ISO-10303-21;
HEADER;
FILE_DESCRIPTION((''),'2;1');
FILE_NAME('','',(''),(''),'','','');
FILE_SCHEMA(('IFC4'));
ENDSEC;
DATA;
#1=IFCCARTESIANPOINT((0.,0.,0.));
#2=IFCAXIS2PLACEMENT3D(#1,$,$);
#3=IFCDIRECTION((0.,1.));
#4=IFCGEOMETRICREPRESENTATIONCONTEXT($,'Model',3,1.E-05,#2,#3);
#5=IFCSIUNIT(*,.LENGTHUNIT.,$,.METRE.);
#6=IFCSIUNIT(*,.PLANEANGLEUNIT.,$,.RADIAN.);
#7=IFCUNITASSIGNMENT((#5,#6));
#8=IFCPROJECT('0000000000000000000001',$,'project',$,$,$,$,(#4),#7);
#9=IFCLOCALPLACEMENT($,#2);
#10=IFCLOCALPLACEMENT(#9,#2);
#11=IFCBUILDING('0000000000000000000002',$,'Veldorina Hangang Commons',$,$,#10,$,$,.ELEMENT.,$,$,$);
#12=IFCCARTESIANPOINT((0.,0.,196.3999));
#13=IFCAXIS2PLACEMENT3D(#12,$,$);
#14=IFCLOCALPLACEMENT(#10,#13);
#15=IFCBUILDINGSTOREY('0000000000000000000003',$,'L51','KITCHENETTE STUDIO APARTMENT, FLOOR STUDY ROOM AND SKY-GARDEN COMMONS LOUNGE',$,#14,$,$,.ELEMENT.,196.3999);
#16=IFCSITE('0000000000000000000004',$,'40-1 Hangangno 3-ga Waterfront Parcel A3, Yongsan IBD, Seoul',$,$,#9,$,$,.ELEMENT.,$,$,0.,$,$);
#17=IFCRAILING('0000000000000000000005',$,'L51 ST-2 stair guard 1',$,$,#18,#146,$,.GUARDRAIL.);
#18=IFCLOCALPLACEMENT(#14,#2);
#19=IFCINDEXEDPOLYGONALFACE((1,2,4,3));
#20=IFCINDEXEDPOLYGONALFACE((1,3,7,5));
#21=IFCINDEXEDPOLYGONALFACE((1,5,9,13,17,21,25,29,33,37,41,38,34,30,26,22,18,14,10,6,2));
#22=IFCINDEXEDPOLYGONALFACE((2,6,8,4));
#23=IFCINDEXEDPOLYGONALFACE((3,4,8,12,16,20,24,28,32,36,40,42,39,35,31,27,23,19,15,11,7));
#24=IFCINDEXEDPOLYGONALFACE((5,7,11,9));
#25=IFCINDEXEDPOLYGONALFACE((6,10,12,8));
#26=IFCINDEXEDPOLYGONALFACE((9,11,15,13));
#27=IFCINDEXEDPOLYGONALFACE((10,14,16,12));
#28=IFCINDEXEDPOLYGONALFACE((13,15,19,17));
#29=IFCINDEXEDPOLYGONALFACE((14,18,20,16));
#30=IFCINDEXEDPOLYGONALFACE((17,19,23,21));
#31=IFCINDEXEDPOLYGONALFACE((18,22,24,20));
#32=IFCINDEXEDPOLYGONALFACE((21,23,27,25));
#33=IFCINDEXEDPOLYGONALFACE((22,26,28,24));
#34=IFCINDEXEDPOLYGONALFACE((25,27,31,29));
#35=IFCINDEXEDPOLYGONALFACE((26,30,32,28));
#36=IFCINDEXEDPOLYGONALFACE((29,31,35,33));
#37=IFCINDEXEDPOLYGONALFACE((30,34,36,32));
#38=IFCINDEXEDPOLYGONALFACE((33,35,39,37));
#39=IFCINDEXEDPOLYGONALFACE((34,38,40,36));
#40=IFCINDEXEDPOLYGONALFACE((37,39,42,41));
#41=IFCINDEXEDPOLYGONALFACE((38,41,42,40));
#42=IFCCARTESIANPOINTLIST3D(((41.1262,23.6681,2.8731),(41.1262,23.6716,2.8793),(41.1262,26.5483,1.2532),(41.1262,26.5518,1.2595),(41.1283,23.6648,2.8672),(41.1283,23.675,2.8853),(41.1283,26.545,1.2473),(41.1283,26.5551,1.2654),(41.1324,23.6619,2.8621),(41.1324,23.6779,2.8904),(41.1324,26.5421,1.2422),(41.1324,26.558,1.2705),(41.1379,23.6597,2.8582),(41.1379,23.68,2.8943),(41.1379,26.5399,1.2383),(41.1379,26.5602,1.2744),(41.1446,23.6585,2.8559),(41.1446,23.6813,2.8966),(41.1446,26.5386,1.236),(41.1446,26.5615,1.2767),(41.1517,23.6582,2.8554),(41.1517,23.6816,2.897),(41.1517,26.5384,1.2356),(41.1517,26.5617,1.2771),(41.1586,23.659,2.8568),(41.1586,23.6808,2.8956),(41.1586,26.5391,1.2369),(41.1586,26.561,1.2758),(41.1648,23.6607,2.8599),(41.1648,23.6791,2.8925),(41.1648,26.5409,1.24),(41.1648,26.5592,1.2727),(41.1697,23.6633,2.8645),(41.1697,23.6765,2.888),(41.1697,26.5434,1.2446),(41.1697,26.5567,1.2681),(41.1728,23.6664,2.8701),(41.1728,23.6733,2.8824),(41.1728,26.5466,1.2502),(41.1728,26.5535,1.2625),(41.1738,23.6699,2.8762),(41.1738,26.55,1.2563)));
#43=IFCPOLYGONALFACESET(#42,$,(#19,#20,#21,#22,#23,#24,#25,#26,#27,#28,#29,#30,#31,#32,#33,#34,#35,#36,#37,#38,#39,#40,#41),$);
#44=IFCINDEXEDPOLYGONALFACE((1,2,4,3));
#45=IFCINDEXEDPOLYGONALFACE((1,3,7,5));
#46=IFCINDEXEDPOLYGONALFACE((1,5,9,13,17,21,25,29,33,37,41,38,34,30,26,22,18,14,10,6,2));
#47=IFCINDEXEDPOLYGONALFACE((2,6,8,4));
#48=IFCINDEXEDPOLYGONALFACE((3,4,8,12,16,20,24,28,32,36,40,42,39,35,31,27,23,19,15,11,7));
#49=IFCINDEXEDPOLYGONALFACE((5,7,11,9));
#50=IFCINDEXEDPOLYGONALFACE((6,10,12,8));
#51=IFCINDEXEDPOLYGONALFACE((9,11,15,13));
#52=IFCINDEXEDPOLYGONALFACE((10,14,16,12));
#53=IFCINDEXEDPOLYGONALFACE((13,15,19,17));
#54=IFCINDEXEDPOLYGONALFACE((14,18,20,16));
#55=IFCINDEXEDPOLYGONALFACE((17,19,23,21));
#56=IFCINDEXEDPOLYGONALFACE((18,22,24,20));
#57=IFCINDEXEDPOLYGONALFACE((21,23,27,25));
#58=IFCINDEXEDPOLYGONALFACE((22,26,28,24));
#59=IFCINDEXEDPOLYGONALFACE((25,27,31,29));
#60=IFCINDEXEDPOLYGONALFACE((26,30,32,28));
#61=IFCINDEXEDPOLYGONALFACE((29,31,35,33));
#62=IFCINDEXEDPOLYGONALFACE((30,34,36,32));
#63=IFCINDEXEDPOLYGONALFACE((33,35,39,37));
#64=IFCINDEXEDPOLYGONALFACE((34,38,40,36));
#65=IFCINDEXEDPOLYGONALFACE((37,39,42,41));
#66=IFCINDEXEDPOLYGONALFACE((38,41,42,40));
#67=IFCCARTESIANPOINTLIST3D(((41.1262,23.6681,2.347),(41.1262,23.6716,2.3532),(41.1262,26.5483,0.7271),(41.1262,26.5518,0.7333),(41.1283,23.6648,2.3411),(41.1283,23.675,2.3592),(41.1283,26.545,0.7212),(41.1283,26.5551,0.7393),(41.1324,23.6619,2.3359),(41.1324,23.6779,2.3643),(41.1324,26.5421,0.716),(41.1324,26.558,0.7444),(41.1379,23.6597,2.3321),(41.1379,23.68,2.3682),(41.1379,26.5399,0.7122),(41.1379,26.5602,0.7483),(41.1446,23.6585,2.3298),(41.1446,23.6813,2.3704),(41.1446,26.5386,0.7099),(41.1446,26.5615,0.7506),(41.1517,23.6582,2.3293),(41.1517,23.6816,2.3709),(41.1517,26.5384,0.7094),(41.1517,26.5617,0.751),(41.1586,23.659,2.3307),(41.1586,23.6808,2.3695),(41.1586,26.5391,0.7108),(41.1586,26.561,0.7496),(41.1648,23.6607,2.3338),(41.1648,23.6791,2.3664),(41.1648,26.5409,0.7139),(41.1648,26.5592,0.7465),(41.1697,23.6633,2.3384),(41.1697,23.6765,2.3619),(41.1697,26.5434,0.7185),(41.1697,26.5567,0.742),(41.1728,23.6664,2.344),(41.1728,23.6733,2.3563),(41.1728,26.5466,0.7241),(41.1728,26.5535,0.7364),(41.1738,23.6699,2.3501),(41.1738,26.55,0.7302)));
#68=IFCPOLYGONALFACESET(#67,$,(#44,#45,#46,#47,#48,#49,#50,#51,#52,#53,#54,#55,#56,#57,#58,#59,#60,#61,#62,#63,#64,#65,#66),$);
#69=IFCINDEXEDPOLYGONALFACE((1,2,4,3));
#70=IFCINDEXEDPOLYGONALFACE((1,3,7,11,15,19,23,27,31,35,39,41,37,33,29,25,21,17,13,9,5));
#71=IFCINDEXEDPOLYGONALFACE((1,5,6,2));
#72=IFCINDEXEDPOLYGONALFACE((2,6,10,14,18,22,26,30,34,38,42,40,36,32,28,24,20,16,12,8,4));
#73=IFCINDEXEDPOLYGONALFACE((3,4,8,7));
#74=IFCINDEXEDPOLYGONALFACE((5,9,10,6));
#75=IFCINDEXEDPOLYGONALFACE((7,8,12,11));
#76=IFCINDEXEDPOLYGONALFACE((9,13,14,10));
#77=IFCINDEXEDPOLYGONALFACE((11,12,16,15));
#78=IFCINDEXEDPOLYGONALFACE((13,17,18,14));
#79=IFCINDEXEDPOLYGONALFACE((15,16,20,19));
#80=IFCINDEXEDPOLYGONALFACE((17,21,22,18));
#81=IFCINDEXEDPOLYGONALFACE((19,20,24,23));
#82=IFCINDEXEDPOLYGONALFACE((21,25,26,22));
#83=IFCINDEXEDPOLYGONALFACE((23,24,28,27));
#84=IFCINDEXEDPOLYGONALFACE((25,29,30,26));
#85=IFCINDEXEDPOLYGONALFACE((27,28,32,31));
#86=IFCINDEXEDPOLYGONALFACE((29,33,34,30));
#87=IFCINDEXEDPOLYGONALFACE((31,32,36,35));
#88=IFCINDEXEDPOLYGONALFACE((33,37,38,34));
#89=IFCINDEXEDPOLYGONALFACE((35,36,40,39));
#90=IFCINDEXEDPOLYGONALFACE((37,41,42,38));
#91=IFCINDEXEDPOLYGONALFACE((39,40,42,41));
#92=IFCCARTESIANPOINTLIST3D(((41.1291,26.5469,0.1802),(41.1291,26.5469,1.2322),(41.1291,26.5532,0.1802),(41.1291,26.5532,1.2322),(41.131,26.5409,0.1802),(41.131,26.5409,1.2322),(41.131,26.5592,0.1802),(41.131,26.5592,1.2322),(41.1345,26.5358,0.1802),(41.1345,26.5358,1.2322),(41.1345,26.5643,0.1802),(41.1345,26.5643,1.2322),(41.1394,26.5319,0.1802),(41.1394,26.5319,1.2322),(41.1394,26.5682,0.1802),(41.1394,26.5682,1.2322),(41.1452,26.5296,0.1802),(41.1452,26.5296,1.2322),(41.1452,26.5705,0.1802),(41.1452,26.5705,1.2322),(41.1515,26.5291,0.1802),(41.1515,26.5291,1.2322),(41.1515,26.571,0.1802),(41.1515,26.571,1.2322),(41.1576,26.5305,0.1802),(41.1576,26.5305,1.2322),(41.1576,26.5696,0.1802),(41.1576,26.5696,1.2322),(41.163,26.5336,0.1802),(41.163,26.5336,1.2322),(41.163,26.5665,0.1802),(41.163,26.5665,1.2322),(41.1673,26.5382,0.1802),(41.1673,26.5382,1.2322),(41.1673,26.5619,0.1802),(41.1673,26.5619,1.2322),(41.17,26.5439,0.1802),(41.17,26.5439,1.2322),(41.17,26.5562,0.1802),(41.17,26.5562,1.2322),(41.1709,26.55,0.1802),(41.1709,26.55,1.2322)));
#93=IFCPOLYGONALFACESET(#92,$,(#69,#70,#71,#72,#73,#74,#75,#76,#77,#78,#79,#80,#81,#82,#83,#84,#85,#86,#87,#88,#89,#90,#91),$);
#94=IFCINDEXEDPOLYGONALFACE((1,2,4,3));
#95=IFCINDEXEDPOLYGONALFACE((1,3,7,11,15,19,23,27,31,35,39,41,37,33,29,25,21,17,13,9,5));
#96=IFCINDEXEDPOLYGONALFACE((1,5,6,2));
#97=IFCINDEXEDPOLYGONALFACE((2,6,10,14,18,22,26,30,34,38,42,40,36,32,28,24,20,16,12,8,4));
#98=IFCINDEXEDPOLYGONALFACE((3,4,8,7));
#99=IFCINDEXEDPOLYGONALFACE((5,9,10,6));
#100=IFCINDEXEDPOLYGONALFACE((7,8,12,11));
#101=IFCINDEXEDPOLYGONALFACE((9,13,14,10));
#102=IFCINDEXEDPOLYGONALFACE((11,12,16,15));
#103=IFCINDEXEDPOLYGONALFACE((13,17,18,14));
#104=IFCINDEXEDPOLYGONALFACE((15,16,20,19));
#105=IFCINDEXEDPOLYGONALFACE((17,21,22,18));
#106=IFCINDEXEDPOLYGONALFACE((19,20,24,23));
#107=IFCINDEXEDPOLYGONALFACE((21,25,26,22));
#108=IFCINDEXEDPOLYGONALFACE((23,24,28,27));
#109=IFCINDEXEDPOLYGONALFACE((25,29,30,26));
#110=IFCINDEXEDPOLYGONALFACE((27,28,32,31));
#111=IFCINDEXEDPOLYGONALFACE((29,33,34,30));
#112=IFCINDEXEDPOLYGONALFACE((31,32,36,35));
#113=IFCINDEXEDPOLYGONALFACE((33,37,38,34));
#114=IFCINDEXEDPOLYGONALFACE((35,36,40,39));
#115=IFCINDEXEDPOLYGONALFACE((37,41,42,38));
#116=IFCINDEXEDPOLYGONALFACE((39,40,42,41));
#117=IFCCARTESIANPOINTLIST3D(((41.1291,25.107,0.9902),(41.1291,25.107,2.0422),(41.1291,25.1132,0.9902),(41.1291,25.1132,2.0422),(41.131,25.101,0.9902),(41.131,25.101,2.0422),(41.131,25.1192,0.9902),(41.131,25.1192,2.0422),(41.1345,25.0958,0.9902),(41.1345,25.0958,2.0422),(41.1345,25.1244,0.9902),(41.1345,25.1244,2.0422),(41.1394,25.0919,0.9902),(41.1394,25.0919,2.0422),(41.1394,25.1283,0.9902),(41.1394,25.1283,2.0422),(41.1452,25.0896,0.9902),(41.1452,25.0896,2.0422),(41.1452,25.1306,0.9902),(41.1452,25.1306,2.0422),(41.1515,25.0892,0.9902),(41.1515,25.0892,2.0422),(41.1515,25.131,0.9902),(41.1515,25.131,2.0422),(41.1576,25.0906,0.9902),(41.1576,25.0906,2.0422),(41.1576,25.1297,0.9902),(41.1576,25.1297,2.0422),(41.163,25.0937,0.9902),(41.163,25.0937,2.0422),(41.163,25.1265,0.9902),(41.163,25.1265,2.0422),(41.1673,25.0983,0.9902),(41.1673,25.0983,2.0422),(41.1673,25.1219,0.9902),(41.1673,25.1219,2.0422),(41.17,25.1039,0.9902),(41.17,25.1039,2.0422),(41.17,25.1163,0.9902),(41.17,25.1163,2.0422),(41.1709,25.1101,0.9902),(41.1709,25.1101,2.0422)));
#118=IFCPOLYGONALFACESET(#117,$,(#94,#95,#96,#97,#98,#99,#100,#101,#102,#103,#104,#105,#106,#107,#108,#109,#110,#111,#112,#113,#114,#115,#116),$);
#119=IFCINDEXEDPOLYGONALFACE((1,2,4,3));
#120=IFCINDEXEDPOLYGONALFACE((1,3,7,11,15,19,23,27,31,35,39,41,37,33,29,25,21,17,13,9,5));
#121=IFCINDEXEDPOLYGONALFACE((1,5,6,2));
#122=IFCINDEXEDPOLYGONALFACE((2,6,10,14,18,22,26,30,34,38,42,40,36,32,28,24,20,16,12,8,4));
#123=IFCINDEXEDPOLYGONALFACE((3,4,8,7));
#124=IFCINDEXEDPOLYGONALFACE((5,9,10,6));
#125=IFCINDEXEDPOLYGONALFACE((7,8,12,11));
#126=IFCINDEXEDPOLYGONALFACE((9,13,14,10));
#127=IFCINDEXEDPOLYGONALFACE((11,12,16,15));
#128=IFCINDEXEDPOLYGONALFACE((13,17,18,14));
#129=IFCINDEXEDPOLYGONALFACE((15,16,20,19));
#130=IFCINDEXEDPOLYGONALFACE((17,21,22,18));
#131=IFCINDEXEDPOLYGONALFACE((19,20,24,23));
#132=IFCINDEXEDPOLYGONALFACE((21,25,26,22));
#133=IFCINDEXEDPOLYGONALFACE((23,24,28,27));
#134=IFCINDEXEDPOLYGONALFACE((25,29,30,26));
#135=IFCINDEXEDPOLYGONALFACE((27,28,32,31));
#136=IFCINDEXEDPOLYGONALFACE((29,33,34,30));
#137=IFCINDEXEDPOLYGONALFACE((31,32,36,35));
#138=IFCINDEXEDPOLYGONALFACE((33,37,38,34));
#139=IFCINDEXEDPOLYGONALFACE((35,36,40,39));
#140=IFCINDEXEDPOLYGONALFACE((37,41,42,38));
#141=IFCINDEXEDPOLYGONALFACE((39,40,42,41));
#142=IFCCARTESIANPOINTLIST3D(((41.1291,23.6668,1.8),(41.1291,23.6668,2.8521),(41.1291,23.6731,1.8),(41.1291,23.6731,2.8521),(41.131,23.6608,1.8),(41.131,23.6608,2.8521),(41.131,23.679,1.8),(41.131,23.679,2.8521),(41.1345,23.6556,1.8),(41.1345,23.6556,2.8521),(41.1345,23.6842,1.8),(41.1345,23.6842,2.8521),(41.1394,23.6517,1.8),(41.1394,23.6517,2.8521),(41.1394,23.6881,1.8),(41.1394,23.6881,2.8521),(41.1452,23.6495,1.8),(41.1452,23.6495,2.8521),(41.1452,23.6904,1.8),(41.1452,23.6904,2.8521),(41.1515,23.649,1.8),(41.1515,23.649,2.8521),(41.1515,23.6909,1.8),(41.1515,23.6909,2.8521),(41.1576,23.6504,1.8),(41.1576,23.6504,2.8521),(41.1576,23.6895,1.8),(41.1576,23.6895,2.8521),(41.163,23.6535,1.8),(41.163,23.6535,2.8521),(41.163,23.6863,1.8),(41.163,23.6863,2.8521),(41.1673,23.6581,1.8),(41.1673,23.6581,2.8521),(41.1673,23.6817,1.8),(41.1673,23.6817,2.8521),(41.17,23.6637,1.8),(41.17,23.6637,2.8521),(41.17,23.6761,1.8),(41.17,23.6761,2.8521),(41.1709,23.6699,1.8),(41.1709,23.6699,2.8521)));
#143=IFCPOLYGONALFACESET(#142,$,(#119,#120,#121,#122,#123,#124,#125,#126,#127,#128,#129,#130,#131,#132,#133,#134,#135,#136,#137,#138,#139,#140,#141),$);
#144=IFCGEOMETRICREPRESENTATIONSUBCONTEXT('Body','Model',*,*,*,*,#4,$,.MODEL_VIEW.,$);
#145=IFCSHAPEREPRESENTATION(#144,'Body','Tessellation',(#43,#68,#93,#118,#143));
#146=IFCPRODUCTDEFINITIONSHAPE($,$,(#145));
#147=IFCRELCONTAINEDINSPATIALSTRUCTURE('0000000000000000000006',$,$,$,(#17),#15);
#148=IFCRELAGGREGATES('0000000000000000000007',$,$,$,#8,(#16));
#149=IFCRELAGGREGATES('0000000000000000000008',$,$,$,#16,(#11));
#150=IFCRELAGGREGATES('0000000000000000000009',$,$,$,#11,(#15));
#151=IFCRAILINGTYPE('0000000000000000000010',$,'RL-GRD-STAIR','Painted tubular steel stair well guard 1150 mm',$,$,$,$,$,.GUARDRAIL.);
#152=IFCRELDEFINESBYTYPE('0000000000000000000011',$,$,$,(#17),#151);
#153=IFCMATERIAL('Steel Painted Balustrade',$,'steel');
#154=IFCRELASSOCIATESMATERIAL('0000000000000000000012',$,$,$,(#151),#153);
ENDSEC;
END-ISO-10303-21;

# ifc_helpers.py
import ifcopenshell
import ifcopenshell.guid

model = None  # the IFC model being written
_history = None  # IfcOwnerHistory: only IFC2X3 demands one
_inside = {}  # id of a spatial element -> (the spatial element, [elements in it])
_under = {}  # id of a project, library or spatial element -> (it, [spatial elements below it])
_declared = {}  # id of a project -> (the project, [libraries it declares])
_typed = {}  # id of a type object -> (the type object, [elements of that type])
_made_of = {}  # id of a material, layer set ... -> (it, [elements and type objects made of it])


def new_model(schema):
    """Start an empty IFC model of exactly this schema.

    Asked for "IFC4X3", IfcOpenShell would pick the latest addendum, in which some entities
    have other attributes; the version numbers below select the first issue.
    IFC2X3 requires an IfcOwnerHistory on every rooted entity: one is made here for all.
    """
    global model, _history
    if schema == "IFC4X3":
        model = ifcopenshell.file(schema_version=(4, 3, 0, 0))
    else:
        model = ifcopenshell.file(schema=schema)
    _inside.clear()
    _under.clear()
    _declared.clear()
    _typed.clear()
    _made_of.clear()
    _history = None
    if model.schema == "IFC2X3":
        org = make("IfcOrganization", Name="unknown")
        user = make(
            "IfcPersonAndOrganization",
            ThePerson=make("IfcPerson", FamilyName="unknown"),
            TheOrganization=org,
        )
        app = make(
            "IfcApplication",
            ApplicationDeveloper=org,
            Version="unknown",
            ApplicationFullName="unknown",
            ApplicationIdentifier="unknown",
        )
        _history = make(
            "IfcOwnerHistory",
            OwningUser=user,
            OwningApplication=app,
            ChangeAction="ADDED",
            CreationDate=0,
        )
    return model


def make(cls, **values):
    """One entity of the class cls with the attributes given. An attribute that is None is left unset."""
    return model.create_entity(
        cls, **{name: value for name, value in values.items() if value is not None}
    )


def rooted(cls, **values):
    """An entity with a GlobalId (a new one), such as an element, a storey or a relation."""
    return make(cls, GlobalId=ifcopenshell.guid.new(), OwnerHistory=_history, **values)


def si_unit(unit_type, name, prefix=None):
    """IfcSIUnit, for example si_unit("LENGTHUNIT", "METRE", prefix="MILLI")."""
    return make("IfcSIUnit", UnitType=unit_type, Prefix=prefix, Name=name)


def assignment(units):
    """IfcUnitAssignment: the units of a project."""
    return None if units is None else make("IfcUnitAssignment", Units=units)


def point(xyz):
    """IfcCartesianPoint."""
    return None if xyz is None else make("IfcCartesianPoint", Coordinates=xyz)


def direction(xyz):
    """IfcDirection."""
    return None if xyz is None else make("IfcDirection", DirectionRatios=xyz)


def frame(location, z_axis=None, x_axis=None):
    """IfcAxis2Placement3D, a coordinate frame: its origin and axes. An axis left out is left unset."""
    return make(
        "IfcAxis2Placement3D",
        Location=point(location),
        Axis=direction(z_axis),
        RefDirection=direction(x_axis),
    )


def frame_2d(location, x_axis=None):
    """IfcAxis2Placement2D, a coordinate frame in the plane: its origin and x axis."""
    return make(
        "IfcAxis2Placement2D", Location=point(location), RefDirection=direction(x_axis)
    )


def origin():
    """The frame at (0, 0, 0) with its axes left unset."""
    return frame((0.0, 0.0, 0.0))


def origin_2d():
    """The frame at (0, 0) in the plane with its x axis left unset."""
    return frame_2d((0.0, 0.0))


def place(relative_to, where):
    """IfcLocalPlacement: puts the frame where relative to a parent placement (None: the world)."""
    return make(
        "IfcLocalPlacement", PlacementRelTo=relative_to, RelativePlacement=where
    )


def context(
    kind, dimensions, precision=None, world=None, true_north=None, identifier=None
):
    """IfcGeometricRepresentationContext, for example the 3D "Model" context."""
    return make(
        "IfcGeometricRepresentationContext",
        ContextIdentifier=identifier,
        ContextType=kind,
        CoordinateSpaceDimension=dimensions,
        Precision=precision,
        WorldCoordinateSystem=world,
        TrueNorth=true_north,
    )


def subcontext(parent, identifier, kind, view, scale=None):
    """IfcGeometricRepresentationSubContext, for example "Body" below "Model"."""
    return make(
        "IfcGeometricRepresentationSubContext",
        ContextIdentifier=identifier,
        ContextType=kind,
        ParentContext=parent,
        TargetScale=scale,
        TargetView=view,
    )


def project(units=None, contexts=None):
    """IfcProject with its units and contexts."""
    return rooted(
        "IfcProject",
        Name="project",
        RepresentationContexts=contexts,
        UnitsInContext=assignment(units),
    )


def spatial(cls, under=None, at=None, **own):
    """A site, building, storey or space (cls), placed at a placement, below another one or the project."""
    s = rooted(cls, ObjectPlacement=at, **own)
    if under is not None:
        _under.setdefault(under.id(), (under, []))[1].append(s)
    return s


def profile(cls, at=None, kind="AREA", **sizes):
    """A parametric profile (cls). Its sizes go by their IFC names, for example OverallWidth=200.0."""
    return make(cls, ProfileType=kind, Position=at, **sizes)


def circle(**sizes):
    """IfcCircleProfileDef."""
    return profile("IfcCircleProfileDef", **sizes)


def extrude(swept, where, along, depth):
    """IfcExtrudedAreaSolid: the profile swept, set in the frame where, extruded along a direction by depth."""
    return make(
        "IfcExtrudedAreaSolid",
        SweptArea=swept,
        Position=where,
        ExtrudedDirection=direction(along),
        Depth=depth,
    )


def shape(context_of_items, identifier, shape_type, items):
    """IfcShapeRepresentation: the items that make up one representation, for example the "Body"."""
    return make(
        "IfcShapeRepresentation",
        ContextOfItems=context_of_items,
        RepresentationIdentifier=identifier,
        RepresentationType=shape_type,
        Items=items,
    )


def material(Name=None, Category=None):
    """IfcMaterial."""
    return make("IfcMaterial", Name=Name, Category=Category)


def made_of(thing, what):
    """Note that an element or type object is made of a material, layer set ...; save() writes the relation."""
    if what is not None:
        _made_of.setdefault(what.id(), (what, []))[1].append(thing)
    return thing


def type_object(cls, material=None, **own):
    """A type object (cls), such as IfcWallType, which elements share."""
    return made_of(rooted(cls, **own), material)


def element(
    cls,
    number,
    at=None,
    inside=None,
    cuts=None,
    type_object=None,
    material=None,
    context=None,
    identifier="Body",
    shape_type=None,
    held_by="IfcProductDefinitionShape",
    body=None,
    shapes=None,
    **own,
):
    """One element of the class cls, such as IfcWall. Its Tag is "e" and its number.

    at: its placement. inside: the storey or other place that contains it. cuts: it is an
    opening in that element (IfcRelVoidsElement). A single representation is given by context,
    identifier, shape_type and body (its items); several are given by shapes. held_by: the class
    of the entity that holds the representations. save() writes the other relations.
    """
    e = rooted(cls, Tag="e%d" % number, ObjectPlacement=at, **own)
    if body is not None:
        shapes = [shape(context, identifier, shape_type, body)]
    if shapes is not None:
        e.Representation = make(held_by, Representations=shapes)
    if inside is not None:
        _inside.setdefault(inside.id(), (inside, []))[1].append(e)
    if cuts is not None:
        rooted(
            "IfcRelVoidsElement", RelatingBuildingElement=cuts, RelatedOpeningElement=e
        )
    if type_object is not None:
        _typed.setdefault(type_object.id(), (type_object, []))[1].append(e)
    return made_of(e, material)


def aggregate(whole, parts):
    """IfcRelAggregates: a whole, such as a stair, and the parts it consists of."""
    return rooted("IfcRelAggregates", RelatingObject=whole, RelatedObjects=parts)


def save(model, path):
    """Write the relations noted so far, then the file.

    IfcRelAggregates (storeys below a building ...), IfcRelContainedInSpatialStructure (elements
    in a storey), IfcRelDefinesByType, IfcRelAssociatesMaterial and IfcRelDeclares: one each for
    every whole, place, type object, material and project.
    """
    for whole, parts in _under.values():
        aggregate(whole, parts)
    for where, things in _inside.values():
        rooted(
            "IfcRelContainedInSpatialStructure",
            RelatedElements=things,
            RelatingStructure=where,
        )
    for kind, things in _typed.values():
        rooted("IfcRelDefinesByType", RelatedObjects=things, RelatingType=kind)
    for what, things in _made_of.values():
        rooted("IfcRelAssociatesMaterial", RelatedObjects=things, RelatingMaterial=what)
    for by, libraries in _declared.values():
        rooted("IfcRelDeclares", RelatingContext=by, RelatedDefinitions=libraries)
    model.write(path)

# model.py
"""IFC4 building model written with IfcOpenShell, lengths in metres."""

from ifc_helpers import new_model, si_unit, direction, frame, origin, origin_2d, place, context, subcontext, project, spatial, circle, extrude, material, type_object, element, save


model = new_model("IFC4")

# Units and contexts
model_context = context("Model", 3, precision=1e-05, world=origin(), true_north=direction((0.0, 1.0)))
body_context = subcontext(model_context, "Body", "Model", "MODEL_VIEW")
ifc_project = project(units=[si_unit("LENGTHUNIT", "METRE"), si_unit("PLANEANGLEUNIT", "RADIAN")], contexts=[model_context])

# Site, building, storey
site_placement = place(None, origin())
site = spatial("IfcSite", under=ifc_project, at=site_placement, Name="40-1 Hangangno 3-ga Waterfront Parcel A3, Yongsan IBD, Seoul", CompositionType="ELEMENT", RefElevation=0.0)
building_placement = place(site_placement, origin())
building = spatial("IfcBuilding", under=site, at=building_placement, Name="Veldorina Hangang Commons", CompositionType="ELEMENT")
storey_placement = place(building_placement, frame((0.0, 0.0, 196.3999)))
storey = spatial("IfcBuildingStorey", under=building, at=storey_placement, Name="L51", Description="KITCHENETTE STUDIO APARTMENT, FLOOR STUDY ROOM AND SKY-GARDEN COMMONS LOUNGE", CompositionType="ELEMENT", Elevation=196.3999)

# Railing
ifc_material_1 = material(Name="Steel Painted Balustrade", Category="steel")
railing_type_1 = type_object("IfcRailingType", Name="RL-GRD-STAIR", Description="Painted tubular steel stair well guard 1150 mm", PredefinedType="GUARDRAIL", material=ifc_material_1)
railing_1_placement = place(storey_placement, frame((41.1499, 26.55, 0.1802)))
element("IfcRailing", 1, at=railing_1_placement, inside=storey, type_object=railing_type_1, Name="L51 ST-2 stair guard 1", PredefinedType="GUARDRAIL", context=body_context, shape_type="SweptSolid", body=[
    extrude(circle(Radius=0.0239, at=origin_2d()), frame((0.0, 0.0, 1.0762), z_axis=(0.0, -0.871601, 0.490216), x_axis=(1.0, 0.0, 0.0)), (0.0, 0.0, 1.0), 3.3044),
    extrude(circle(Radius=0.0239, at=origin_2d()), frame((0.0, 0.0, 0.55), z_axis=(0.0, -0.871601, 0.490216), x_axis=(1.0, 0.0, 0.0)), (0.0, 0.0, 1.0), 3.3044),
    extrude(circle(Radius=0.021, at=origin_2d()), origin(), (0.0, 0.0, 1.0), 1.052),
    extrude(circle(Radius=0.021, at=origin_2d()), frame((0.0, -1.4399, 0.8101)), (0.0, 0.0, 1.0), 1.052),
    extrude(circle(Radius=0.021, at=origin_2d()), frame((0.0, -2.8801, 1.6199)), (0.0, 0.0, 1.0), 1.052),
])

save(model, "model.ifc")
